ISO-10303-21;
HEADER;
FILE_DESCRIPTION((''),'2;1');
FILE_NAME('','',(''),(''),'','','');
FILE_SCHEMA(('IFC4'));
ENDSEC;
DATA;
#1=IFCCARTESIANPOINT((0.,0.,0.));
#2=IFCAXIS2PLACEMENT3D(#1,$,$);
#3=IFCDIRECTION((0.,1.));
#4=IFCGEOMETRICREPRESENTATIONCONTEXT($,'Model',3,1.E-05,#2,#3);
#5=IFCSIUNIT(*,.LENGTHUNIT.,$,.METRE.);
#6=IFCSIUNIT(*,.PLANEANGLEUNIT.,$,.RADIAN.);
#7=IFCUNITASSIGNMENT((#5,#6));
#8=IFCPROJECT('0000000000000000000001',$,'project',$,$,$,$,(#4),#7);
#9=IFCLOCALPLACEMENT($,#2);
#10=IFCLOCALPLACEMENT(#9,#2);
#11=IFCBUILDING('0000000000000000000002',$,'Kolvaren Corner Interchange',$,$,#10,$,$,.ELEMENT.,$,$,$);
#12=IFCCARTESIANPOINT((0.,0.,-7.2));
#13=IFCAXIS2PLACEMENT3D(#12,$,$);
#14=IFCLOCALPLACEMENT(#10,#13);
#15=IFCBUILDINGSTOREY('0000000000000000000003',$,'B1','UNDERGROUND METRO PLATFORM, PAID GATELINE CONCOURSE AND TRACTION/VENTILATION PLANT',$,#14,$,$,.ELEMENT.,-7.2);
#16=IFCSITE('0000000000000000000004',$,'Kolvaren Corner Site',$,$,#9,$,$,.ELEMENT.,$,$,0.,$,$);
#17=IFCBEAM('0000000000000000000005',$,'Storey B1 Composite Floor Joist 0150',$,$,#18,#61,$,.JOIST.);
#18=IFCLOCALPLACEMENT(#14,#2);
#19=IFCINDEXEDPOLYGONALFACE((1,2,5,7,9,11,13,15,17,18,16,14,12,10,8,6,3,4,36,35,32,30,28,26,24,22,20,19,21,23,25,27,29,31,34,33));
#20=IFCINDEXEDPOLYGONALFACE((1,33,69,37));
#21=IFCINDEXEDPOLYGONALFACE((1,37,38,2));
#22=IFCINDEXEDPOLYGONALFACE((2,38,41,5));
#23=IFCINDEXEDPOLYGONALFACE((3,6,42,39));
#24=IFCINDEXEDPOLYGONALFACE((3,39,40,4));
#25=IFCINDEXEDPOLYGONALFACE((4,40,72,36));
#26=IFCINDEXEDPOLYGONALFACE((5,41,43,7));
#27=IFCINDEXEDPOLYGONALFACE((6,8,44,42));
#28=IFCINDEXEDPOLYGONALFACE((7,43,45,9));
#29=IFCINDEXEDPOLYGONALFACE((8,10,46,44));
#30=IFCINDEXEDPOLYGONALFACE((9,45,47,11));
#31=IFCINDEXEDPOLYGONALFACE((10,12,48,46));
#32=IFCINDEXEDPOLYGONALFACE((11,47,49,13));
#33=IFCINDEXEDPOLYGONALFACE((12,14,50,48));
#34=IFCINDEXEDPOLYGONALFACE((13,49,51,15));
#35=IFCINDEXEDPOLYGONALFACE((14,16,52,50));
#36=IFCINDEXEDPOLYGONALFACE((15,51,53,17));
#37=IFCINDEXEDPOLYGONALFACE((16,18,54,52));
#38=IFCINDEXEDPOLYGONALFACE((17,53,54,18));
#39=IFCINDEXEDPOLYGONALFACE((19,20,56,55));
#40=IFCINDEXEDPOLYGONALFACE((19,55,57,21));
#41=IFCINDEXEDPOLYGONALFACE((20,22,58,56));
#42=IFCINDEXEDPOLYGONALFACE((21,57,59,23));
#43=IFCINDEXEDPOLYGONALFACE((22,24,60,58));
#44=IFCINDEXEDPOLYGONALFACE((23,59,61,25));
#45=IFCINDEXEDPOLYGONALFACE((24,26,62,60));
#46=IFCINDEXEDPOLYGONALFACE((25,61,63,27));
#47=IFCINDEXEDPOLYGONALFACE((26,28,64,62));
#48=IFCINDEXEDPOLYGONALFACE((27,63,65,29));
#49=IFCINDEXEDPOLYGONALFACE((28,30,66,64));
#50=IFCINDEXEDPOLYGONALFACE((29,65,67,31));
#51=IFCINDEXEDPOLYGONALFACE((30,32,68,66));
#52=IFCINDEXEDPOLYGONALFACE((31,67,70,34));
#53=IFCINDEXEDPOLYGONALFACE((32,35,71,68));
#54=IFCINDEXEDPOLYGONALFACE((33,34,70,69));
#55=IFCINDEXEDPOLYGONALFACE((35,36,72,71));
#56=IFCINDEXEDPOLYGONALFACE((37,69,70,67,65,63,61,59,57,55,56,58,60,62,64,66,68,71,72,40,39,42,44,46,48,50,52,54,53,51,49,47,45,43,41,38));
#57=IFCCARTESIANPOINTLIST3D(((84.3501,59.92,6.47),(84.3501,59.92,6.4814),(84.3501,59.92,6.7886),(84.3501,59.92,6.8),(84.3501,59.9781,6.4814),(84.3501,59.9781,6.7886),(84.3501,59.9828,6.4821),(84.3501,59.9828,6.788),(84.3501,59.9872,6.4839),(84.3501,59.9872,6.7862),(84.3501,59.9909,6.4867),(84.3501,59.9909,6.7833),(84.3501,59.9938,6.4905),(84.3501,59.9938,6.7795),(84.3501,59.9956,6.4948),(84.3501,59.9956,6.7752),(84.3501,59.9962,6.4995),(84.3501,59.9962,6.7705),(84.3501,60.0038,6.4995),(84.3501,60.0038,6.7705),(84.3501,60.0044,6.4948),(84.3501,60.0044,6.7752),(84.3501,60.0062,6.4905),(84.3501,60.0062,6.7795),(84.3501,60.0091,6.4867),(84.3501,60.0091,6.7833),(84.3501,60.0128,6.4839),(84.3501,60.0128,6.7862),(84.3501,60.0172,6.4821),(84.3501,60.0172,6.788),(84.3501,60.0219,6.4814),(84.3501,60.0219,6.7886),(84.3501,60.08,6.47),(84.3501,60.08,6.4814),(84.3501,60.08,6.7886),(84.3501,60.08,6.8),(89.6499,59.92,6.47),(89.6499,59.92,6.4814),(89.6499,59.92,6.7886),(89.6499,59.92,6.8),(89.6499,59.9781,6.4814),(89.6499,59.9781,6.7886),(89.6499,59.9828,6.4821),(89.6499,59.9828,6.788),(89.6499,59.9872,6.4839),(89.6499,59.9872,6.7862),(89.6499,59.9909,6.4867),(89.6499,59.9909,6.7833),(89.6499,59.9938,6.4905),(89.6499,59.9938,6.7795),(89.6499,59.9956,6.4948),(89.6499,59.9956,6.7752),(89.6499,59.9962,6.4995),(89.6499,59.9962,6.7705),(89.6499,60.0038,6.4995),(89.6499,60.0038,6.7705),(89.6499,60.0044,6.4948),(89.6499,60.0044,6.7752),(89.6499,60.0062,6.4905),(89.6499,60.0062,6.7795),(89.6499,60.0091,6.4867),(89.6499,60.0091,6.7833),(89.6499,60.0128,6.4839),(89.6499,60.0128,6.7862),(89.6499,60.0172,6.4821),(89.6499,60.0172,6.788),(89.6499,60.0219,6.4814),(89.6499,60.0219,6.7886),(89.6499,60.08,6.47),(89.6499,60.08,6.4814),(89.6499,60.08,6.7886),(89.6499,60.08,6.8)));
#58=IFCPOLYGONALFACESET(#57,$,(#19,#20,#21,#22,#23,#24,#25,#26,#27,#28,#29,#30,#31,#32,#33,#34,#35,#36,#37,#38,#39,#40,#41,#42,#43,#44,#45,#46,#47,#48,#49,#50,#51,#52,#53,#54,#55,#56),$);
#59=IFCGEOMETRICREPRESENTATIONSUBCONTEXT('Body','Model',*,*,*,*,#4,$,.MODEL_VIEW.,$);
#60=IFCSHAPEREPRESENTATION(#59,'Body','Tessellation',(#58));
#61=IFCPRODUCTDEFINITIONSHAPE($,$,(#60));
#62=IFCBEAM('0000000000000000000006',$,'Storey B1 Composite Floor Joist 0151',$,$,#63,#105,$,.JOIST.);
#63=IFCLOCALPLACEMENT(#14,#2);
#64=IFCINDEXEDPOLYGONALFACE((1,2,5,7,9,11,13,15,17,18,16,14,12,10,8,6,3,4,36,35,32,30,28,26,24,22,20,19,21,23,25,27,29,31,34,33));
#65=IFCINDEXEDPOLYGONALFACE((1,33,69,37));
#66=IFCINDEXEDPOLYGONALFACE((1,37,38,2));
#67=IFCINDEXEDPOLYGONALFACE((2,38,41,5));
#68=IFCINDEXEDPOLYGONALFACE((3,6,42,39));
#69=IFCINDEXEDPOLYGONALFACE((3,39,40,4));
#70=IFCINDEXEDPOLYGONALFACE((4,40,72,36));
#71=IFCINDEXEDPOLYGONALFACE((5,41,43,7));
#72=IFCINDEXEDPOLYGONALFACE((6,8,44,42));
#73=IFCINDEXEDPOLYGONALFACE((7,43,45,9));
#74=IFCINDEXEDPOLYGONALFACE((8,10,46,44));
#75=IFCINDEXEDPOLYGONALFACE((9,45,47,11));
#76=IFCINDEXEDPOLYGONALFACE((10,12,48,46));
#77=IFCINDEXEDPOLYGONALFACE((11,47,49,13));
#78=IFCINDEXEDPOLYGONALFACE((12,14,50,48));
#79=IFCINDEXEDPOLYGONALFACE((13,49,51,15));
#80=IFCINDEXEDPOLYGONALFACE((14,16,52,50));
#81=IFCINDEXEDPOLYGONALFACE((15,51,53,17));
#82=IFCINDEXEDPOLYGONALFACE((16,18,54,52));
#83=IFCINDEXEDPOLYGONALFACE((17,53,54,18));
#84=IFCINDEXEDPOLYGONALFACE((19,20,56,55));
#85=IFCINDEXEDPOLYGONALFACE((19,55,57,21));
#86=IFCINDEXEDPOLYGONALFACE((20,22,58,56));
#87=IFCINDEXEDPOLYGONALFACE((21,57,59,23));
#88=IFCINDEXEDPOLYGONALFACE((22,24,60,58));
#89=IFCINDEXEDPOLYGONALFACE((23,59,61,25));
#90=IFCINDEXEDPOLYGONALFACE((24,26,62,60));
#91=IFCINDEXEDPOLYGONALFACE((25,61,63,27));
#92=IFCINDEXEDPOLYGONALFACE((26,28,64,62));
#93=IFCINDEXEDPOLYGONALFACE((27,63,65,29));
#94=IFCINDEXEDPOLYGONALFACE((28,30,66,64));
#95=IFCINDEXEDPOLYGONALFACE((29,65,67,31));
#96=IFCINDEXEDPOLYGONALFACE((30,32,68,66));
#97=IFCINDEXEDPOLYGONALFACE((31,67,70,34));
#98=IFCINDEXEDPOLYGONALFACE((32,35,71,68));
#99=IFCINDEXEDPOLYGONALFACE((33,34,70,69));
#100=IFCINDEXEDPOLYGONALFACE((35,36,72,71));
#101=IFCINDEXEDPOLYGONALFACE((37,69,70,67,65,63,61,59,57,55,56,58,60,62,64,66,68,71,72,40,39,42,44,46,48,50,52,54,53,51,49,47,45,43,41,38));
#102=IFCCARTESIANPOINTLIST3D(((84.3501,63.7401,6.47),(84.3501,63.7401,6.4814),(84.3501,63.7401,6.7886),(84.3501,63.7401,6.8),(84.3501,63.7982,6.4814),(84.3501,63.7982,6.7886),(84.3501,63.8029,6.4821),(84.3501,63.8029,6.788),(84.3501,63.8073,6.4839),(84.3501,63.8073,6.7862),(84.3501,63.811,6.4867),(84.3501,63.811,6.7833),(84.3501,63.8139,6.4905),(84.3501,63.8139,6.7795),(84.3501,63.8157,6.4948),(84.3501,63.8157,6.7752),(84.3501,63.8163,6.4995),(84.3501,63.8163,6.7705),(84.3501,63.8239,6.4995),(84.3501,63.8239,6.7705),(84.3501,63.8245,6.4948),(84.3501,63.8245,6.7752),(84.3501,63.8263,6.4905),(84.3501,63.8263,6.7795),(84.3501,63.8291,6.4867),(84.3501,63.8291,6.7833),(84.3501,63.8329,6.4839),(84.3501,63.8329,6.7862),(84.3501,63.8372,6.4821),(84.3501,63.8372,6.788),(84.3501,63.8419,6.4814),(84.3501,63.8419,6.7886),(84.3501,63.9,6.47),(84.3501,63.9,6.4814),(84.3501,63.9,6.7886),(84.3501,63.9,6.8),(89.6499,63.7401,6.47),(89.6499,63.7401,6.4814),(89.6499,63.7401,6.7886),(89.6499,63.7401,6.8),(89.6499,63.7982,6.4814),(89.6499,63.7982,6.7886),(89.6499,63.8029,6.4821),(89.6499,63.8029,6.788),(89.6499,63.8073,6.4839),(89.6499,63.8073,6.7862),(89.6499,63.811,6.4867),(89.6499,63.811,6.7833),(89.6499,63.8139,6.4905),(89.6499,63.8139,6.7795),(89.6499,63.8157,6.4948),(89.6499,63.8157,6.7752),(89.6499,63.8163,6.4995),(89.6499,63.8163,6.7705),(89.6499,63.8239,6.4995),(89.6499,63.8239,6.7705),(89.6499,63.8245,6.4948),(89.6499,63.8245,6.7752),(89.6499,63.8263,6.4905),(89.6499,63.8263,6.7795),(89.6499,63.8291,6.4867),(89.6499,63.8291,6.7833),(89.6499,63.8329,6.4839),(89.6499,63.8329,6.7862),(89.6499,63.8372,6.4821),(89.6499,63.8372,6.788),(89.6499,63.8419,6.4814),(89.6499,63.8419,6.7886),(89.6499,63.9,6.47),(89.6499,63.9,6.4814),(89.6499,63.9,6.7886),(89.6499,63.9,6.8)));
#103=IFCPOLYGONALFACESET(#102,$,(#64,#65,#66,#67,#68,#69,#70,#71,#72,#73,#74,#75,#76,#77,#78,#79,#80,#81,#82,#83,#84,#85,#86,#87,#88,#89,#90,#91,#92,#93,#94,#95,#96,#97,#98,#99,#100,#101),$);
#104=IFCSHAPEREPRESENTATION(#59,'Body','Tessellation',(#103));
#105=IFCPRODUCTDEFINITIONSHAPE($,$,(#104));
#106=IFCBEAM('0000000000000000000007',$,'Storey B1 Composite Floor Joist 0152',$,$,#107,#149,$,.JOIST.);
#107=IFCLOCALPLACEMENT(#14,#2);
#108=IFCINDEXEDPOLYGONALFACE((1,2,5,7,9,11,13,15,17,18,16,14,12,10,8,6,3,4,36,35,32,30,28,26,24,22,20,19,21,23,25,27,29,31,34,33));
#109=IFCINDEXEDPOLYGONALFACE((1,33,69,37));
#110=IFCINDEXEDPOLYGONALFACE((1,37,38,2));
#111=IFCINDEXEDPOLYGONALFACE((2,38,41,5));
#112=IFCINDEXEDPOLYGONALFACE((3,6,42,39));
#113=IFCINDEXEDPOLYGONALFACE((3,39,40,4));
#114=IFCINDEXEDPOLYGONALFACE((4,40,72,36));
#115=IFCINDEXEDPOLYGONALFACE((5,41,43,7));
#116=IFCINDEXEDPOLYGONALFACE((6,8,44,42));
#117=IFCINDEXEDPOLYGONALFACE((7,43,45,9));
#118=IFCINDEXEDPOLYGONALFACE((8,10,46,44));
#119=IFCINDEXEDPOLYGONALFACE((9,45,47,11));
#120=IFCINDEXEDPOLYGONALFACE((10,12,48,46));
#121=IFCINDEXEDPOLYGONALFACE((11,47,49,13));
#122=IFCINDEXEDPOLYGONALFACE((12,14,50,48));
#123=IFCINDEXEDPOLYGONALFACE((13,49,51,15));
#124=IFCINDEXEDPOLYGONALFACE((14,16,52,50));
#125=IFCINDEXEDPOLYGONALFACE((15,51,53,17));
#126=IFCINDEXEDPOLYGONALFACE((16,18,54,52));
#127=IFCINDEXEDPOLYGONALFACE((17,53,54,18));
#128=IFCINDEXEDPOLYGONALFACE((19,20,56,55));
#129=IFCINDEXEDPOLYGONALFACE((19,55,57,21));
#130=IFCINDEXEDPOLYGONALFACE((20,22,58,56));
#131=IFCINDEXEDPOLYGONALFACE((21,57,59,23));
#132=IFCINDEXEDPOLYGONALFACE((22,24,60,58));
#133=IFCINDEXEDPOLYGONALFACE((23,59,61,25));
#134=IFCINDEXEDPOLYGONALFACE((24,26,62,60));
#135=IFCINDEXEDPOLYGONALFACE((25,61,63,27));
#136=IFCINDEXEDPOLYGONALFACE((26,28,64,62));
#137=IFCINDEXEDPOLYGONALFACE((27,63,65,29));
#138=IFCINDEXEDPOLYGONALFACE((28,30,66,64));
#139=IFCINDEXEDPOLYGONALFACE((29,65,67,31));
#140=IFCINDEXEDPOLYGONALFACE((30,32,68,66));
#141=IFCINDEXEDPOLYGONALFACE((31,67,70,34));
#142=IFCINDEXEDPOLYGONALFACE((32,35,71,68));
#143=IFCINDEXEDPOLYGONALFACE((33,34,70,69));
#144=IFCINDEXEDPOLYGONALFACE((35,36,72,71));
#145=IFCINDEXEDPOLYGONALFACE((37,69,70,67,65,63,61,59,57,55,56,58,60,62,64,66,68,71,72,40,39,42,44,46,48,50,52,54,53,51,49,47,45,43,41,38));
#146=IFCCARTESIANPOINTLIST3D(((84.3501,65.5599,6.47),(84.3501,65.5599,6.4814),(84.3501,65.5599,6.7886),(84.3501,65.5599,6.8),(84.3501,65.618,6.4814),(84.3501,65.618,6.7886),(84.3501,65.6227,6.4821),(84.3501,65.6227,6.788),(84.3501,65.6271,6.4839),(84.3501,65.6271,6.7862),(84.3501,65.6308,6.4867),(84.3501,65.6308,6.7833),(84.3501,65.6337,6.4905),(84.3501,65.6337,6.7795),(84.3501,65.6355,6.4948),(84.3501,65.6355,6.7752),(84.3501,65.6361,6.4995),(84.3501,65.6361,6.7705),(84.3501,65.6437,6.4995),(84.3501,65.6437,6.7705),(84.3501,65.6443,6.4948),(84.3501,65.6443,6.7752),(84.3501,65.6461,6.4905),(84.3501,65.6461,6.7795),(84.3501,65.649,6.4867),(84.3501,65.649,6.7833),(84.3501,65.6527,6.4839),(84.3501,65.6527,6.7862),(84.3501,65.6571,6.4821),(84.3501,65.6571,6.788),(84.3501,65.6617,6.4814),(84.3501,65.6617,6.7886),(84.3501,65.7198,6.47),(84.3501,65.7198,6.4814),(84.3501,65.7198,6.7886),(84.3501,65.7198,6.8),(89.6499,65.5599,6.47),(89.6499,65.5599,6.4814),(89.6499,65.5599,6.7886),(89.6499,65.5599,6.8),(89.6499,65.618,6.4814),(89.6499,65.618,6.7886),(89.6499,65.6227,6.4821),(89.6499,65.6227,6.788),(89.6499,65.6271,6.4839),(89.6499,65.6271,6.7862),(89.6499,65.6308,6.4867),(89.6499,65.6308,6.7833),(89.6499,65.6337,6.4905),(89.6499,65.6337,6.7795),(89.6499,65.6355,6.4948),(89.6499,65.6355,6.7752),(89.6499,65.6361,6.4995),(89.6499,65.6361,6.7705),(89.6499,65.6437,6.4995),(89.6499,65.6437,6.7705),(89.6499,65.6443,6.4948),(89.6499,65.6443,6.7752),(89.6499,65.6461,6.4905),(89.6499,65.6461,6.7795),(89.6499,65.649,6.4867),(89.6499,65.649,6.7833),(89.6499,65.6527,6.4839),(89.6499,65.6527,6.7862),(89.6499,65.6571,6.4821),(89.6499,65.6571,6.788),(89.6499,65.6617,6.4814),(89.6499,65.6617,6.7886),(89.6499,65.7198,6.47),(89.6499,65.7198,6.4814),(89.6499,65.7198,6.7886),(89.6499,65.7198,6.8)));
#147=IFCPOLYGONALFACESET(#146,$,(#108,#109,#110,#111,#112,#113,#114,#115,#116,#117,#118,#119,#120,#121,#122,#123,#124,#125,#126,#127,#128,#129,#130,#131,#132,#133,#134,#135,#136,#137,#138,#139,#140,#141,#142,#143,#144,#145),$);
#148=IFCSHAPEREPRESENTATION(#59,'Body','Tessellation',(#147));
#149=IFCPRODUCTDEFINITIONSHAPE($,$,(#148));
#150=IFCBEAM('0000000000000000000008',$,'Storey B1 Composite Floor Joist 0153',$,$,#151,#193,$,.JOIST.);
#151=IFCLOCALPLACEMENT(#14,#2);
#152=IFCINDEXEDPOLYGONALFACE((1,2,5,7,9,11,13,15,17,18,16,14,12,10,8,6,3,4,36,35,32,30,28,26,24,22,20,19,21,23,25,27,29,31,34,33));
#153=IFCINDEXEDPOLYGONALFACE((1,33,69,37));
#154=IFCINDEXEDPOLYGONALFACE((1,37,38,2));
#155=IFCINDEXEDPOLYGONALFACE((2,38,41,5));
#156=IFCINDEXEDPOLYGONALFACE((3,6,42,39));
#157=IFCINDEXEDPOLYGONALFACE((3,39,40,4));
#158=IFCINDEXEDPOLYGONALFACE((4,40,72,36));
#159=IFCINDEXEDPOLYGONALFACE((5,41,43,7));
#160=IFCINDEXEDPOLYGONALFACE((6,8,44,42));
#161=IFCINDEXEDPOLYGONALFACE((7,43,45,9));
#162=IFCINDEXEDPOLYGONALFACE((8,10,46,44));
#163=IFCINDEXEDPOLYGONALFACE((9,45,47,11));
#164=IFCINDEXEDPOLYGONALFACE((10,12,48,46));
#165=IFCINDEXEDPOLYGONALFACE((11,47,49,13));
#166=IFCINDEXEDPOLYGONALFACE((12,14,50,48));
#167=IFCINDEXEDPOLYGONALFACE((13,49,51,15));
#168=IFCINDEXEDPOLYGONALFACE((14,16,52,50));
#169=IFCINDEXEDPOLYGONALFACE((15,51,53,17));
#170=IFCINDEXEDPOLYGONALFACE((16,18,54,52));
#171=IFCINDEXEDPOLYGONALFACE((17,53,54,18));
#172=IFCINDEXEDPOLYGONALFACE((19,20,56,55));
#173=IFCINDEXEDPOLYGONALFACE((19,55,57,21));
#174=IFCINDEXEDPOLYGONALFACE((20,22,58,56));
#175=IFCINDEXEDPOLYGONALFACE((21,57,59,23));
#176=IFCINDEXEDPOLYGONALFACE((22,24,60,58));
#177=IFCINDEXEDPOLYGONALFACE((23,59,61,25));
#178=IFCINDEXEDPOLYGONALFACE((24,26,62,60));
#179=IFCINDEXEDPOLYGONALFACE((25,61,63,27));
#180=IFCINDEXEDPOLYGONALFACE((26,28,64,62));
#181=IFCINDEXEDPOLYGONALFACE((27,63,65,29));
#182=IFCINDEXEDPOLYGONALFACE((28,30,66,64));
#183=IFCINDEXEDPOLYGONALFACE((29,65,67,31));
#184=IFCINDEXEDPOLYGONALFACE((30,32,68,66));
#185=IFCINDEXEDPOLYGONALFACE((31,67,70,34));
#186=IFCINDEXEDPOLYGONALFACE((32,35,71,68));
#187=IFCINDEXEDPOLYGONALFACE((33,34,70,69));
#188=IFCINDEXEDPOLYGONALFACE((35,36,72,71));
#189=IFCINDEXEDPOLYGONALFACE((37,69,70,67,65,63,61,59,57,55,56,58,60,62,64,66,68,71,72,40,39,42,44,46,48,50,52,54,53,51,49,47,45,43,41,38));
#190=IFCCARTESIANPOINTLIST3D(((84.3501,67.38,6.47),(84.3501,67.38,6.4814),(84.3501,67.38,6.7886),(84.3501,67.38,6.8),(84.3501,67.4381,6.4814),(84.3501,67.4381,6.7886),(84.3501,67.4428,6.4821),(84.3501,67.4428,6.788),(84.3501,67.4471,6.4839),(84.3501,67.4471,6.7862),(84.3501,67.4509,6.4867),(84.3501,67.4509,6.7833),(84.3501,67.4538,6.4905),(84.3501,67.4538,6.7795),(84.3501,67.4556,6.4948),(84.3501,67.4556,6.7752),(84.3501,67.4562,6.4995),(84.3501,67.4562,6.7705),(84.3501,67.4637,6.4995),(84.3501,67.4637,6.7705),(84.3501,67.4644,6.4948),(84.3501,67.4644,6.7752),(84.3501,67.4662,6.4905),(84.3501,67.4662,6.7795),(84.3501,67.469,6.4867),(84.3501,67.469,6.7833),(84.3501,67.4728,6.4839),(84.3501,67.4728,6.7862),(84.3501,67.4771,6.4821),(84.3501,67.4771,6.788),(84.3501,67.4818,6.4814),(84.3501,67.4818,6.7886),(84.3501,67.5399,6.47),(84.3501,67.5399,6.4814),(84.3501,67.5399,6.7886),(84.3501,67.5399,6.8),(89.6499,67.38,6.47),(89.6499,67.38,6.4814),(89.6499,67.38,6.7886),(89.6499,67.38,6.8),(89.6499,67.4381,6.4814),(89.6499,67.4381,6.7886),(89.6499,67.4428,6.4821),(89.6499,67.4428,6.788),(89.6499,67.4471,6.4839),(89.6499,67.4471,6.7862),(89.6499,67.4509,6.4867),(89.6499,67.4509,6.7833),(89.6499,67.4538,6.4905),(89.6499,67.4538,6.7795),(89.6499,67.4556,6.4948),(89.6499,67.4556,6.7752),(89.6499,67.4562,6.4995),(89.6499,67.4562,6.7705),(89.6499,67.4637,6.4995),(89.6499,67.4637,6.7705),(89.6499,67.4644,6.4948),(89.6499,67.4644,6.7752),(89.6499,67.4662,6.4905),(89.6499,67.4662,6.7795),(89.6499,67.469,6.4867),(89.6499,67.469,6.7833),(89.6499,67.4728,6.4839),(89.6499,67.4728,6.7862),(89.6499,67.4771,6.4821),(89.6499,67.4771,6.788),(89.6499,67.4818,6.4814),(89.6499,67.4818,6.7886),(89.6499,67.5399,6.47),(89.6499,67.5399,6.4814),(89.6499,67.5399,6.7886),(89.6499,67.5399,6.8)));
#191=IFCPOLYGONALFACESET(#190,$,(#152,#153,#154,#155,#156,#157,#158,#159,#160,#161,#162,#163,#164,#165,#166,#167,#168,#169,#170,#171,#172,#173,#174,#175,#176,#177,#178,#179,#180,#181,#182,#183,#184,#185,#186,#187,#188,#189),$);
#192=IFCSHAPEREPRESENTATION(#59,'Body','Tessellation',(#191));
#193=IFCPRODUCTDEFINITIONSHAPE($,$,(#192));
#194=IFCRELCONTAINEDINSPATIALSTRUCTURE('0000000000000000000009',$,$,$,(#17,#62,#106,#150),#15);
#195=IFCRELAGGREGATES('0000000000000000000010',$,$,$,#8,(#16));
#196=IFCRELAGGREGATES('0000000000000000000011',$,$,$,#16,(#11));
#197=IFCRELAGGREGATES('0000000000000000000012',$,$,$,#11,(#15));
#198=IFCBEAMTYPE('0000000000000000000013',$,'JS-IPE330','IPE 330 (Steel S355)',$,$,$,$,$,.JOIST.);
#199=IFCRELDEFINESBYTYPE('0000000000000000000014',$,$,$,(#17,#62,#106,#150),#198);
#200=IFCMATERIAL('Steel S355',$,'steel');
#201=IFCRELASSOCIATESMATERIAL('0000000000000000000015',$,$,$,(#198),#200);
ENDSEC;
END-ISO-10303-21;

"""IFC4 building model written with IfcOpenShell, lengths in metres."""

from ifc_helpers import new_model, si_unit, direction, frame, origin, origin_2d, place, context, subcontext, project, spatial, i_section, extrude, material, material_profile, profile_set, type_object, element, save


model = new_model("IFC4")

# Units and contexts
model_context = context("Model", 3, precision=1e-05, world=origin(), true_north=direction((0.0, 1.0)))
body_context = subcontext(model_context, "Body", "Model", "MODEL_VIEW")
ifc_project = project(units=[si_unit("LENGTHUNIT", "METRE"), si_unit("PLANEANGLEUNIT", "RADIAN")], contexts=[model_context])

# Site, building, storey
site_placement = place(None, origin())
site = spatial("IfcSite", under=ifc_project, at=site_placement, Name="Kolvaren Corner Site", CompositionType="ELEMENT", RefElevation=0.0)
building_placement = place(site_placement, origin())
building = spatial("IfcBuilding", under=site, at=building_placement, Name="Kolvaren Corner Interchange", CompositionType="ELEMENT")
storey_placement = place(building_placement, frame((0.0, 0.0, -7.2)))
storey = spatial("IfcBuildingStorey", under=building, at=storey_placement, Name="B1", Description="UNDERGROUND METRO PLATFORM, PAID GATELINE CONCOURSE AND TRACTION/VENTILATION PLANT", CompositionType="ELEMENT", Elevation=-7.2)

# Beams
ifc_material_1 = material(Name="Steel S355", Category="steel")
ifc_material_profile_1 = material_profile(ifc_material_1, i_section(OverallWidth=0.1599, OverallDepth=0.3301, WebThickness=0.0076, FlangeThickness=0.0115, FilletRadius=0.0181, at=origin_2d()), Name="IPE 330")
ifc_profile_set_1 = profile_set([ifc_material_profile_1], Name="Steel S355")
beam_type_1 = type_object("IfcBeamType", Name="JS-IPE330", Description="IPE 330 (Steel S355)", PredefinedType="JOIST", material=ifc_profile_set_1)
for number, where, z_axis, x_axis, name in (
    (1, (84.3501, 60.0, 6.635), (1.0, 0.0, 0.0), (0.0, 1.0, 0.0), "Storey B1 Composite Floor Joist 0150"),
    (2, (84.3501, 63.8201, 6.635), (1.0, 0.0, 0.0), (0.0, 1.0, 0.0), "Storey B1 Composite Floor Joist 0151"),
    (3, (84.3501, 65.6399, 6.635), (1.0, 0.0, 0.0), (0.0, 1.0, 0.0), "Storey B1 Composite Floor Joist 0152"),
    (4, (84.3501, 67.46, 6.635), (1.0, 0.0, 0.0), (0.0, 1.0, 0.0), "Storey B1 Composite Floor Joist 0153"),
):
    element("IfcBeam", number, at=place(storey_placement, frame(where, z_axis=z_axis, x_axis=x_axis)), inside=storey, type_object=beam_type_1, Name=name, PredefinedType="JOIST", context=body_context, shape_type="SweptSolid", body=[
        extrude(i_section(OverallWidth=0.1599, OverallDepth=0.3301, WebThickness=0.0076, FlangeThickness=0.0115, FilletRadius=0.0181, at=origin_2d()), origin(), (0.0, 0.0, 1.0), 5.2998),
    ])

save(model, "model.ifc")
